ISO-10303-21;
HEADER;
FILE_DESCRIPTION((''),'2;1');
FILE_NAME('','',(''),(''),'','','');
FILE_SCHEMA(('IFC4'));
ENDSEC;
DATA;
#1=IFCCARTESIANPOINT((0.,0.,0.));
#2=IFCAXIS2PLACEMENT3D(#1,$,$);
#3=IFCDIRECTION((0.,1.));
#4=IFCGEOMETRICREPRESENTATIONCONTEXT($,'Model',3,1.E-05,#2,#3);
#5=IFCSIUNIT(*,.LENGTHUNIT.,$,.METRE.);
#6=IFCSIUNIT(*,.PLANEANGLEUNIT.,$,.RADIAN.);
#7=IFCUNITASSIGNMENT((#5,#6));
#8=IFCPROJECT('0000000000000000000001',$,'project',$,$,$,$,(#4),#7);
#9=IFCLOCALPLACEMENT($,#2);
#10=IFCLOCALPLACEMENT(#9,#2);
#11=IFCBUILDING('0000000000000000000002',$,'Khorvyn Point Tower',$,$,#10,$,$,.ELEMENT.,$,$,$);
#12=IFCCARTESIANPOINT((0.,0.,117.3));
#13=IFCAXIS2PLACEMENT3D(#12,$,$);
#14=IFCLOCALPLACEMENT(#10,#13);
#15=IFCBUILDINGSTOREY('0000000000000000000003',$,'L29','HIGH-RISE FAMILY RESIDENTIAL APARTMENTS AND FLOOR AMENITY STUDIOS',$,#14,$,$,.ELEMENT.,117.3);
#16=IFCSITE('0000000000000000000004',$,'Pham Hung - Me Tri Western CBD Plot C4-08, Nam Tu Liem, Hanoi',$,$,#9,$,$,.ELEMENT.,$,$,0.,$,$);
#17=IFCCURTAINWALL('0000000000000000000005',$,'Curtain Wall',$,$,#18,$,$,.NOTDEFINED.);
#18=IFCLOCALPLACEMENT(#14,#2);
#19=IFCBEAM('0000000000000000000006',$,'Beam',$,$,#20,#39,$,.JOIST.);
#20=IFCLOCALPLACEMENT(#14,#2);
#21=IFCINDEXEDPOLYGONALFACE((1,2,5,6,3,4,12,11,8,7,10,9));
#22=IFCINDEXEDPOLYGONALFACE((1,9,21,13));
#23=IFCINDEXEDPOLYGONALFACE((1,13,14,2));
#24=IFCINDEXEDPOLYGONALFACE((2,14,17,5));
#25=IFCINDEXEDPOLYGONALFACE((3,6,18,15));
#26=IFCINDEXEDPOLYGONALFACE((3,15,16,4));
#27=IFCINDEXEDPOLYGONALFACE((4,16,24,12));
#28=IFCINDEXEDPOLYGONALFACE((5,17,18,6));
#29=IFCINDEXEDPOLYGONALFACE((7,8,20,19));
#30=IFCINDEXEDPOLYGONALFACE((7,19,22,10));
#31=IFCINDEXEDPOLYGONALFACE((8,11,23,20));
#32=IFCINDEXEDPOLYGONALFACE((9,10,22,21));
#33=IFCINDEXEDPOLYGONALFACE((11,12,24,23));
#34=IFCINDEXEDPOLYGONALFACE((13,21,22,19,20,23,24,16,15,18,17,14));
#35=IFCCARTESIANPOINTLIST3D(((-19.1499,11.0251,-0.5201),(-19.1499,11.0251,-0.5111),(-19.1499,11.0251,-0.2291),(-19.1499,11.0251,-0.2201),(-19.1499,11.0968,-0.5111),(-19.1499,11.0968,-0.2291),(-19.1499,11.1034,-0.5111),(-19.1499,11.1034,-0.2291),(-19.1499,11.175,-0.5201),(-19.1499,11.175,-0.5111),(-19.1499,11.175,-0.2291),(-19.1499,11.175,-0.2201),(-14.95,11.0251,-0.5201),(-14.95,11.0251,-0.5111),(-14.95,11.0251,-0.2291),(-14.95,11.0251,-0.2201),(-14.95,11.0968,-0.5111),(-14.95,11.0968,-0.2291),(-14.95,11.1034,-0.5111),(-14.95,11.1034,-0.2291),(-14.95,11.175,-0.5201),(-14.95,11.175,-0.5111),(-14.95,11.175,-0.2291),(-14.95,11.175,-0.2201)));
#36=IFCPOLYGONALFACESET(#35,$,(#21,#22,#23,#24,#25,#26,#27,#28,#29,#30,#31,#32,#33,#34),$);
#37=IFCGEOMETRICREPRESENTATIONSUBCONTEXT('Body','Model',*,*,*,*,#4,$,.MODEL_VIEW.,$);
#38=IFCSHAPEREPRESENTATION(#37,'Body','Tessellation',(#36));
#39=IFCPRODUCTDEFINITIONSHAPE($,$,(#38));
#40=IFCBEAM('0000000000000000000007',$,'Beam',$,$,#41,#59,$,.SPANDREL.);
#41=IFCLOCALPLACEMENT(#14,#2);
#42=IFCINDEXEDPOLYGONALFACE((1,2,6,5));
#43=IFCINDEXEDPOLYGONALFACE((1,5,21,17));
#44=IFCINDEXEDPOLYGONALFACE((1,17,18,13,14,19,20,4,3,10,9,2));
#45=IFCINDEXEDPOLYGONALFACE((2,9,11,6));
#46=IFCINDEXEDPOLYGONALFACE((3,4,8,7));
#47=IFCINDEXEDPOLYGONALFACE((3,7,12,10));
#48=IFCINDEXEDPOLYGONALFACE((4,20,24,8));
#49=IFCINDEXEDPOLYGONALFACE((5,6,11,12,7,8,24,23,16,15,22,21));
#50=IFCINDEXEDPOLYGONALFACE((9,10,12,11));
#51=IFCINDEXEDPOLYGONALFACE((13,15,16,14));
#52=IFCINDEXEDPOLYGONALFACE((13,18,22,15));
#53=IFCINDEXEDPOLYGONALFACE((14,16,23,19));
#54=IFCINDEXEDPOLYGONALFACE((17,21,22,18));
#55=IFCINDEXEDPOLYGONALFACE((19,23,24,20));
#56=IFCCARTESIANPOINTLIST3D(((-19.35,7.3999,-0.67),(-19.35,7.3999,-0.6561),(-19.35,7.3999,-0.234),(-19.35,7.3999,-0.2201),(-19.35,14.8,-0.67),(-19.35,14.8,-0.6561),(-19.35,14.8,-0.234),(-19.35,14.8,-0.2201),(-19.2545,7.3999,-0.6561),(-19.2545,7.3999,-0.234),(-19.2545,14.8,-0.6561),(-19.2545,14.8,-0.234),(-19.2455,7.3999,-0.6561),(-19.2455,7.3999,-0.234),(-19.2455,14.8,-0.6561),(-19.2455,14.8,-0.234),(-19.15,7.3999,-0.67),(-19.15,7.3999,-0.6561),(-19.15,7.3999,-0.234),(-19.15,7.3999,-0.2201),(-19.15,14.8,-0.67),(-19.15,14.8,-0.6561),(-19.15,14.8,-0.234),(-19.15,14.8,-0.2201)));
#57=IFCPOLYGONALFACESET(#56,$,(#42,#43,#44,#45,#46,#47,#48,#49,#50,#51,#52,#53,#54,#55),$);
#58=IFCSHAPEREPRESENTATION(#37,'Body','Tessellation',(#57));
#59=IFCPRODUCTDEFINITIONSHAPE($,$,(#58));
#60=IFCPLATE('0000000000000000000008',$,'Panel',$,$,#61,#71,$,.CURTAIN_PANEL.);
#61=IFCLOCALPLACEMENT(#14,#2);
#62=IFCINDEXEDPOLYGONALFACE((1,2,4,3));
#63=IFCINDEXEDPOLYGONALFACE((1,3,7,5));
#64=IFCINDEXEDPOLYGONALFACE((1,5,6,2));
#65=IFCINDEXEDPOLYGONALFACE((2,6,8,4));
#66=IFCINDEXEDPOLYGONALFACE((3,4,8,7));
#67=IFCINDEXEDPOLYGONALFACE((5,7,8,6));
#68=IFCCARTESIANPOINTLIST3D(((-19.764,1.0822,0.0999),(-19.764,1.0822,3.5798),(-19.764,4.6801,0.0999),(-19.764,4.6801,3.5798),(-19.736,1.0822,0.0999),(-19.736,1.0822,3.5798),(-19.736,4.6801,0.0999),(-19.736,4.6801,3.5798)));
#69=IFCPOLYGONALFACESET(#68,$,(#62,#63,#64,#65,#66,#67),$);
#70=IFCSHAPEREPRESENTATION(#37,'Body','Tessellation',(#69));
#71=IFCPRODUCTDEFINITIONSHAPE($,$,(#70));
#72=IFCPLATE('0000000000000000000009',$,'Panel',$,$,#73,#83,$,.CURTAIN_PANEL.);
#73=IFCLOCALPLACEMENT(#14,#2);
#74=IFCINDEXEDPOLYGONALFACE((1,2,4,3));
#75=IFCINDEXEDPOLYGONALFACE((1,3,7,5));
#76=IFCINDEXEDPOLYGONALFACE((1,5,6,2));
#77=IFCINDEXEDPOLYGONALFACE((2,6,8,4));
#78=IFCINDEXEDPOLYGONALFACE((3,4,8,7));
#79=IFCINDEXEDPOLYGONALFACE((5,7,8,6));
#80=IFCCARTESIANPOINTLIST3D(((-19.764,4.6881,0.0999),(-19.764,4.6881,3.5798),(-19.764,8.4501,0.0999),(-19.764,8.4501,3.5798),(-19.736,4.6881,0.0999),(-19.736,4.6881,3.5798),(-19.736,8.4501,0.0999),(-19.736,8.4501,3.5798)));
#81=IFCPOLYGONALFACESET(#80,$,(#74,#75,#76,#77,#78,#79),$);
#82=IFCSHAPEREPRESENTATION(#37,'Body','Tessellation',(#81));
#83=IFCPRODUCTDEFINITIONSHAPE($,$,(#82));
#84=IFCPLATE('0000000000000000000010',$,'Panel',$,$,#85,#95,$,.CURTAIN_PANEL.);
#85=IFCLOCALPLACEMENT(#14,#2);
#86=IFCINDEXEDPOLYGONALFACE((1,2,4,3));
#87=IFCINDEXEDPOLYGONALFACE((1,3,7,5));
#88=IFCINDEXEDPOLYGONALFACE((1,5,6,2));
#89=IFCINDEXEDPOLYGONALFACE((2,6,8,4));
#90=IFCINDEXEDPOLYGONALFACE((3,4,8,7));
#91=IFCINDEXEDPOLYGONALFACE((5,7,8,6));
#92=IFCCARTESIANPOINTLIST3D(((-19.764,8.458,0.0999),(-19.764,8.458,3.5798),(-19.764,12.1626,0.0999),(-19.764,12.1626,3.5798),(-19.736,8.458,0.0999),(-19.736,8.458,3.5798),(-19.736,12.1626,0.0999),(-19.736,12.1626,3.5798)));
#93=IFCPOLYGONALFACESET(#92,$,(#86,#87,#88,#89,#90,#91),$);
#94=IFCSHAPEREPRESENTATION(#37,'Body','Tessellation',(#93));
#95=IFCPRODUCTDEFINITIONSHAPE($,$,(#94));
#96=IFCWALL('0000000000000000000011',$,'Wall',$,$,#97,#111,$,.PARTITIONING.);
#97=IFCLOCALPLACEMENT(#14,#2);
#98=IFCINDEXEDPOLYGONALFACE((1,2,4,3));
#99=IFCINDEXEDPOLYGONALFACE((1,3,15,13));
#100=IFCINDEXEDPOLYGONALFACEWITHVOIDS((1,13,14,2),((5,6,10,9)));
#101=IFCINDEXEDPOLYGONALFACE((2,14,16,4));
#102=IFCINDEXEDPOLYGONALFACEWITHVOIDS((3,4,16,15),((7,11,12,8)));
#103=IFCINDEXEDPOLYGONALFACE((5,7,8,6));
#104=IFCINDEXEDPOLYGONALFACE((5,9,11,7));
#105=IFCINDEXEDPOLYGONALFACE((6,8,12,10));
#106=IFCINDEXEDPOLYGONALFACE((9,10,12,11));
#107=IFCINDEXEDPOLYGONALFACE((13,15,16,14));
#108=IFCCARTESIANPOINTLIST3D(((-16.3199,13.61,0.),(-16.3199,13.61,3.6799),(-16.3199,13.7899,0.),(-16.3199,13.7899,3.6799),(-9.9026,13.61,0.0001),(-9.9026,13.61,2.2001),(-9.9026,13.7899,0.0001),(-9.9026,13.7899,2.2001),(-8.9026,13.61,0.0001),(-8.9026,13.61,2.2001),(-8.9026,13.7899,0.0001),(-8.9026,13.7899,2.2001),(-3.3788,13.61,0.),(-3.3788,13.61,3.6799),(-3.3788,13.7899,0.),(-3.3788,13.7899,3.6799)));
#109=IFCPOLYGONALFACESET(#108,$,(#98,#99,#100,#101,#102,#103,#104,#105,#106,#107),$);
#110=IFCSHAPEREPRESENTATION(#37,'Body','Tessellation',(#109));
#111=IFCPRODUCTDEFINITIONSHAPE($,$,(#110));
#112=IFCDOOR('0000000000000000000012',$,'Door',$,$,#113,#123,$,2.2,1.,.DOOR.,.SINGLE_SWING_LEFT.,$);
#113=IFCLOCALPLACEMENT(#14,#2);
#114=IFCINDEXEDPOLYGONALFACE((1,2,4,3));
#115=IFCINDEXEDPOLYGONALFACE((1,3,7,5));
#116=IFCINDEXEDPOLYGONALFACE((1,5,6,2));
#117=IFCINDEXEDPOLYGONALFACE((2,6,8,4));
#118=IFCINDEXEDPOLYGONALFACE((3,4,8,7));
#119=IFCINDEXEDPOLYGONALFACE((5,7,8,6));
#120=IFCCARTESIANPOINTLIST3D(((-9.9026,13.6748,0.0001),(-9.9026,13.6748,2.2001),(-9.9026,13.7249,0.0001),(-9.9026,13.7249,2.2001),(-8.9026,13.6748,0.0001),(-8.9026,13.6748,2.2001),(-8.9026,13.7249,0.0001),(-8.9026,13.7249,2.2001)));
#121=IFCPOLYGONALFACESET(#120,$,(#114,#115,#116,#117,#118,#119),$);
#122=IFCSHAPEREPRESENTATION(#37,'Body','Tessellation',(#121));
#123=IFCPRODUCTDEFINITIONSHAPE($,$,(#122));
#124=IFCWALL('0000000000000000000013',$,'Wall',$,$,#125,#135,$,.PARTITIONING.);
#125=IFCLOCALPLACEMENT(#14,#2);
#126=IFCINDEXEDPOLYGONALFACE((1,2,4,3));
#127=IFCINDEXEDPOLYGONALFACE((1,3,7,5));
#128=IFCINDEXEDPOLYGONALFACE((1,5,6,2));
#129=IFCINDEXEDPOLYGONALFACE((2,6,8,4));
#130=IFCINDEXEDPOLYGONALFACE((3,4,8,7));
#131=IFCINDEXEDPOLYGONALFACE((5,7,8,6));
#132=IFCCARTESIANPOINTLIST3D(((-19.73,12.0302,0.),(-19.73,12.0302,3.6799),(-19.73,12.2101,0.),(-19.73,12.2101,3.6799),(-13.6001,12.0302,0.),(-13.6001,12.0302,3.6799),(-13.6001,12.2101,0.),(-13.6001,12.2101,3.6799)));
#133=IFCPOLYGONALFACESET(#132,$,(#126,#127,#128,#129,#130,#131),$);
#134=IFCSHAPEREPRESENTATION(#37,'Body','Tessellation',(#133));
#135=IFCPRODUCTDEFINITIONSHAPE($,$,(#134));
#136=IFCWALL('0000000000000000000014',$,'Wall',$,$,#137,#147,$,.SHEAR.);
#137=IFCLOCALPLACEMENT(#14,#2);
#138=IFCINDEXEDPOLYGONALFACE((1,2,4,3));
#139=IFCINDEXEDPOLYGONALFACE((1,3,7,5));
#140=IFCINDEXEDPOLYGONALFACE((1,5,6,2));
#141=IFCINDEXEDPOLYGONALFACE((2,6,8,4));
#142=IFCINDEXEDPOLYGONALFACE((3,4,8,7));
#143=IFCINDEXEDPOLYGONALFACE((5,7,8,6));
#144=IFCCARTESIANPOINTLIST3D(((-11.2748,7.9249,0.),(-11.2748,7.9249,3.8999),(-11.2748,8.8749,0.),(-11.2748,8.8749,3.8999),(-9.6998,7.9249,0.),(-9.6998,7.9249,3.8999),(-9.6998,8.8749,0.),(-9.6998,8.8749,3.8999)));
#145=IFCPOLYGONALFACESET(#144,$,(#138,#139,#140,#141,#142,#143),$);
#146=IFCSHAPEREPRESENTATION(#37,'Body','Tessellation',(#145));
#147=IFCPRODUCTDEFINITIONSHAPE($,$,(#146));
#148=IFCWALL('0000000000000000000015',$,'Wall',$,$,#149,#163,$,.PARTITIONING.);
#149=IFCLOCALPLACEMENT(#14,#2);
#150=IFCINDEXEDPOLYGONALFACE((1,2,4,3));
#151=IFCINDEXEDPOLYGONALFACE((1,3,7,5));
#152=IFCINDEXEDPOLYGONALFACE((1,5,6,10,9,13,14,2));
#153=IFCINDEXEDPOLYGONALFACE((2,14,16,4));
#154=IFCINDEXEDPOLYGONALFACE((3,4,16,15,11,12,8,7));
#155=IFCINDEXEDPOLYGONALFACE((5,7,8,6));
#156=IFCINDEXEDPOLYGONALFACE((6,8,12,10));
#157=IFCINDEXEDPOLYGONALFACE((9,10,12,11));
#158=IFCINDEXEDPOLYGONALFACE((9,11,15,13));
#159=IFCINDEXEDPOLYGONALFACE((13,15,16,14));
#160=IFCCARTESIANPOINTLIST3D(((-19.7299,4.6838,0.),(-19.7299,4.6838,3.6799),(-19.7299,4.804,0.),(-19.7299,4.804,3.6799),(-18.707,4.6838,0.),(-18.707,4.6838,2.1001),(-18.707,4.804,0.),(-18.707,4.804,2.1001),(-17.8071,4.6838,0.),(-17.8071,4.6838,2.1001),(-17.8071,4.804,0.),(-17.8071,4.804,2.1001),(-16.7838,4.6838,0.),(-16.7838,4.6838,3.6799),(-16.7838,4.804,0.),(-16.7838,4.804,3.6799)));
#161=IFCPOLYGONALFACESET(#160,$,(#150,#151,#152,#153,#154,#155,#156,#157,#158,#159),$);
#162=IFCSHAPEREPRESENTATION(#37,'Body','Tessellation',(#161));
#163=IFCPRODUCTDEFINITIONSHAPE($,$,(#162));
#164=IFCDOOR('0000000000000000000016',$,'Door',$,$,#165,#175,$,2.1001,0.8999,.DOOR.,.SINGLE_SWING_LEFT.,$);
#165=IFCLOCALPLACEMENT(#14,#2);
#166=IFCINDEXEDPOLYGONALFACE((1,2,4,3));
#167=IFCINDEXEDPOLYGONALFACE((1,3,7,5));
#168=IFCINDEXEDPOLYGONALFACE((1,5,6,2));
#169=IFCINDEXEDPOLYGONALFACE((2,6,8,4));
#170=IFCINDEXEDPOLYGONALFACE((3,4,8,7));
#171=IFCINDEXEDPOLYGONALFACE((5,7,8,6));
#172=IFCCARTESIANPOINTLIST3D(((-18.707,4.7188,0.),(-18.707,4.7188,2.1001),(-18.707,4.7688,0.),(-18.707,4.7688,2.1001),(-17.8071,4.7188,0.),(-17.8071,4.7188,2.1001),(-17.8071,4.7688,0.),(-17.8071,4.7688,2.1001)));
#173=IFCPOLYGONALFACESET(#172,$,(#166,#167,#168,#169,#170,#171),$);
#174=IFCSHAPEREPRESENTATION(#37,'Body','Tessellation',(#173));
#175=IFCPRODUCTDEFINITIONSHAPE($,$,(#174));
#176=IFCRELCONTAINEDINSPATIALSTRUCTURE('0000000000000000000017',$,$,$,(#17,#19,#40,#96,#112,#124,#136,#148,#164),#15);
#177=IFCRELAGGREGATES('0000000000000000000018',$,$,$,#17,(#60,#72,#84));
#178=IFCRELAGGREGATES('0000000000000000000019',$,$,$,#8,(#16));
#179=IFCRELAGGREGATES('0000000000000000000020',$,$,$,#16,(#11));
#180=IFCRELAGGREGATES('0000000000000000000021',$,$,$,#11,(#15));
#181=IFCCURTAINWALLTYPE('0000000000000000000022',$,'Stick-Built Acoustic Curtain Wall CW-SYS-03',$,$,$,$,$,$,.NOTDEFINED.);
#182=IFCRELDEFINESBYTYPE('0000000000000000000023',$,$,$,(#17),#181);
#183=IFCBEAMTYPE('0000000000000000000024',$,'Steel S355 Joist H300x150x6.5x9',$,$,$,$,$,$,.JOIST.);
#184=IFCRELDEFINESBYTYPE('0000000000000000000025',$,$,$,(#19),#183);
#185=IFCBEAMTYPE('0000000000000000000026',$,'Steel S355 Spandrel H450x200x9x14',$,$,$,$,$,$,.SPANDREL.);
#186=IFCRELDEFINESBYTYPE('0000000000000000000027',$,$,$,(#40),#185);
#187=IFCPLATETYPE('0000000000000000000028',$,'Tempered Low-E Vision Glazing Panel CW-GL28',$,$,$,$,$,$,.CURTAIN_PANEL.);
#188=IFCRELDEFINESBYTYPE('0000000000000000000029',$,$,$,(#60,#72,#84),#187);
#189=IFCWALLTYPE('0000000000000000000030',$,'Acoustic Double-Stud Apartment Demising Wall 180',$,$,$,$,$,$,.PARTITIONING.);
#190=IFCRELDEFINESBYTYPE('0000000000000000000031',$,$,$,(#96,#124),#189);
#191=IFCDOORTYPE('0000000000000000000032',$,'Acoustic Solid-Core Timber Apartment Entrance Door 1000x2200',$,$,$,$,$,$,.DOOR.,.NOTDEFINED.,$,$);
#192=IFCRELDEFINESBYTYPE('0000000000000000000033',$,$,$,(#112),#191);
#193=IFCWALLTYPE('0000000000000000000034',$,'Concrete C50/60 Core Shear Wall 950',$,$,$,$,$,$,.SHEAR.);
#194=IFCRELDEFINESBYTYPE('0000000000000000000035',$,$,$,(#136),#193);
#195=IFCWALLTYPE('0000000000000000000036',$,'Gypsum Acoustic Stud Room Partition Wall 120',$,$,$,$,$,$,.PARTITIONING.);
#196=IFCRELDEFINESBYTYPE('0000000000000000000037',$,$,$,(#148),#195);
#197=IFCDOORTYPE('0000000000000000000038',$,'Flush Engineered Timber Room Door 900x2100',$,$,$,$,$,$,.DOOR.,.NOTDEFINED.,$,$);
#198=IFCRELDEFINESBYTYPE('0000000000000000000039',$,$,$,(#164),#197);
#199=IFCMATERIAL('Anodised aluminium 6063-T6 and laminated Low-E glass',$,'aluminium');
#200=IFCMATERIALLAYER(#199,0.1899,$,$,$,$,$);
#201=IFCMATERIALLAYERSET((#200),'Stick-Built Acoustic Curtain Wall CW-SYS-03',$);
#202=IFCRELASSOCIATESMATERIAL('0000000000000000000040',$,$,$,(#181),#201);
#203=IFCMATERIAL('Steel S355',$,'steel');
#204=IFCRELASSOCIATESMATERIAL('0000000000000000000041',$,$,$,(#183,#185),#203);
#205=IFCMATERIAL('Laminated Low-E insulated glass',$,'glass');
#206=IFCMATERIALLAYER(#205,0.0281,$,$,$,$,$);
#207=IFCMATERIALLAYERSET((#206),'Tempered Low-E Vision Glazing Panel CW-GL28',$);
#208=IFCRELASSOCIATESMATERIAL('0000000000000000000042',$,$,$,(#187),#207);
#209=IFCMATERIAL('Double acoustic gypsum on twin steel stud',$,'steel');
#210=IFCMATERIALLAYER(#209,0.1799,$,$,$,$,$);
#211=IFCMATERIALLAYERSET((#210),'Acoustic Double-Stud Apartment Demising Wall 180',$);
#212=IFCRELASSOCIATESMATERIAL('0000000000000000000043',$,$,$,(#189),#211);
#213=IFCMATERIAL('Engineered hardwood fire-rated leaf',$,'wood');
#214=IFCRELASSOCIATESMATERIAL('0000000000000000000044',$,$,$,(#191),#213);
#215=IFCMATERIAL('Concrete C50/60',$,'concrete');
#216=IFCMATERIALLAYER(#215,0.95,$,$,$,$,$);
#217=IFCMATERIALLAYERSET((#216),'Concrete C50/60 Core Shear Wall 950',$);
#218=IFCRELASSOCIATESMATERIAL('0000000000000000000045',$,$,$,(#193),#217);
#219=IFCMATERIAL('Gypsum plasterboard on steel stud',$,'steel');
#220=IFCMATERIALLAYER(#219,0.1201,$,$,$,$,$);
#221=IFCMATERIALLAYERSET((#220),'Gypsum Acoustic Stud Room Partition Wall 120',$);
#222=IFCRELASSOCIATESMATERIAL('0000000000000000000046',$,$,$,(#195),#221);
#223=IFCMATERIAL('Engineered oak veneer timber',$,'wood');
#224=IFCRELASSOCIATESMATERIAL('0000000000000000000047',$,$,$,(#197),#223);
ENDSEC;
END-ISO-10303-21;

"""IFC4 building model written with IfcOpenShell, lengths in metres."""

from ifc_helpers import new_model, si_unit, direction, frame, frame_2d, origin, origin_2d, place, context, subcontext, project, spatial, rectangle, i_section, extrude, material, layer, layer_set, material_profile, profile_set, type_object, element, fill, aggregate, save


model = new_model("IFC4")

# Units and contexts
model_context = context("Model", 3, precision=1e-05, world=origin(), true_north=direction((0.0, 1.0)))
body_context = subcontext(model_context, "Body", "Model", "MODEL_VIEW")
ifc_project = project(units=[si_unit("LENGTHUNIT", "METRE"), si_unit("PLANEANGLEUNIT", "RADIAN")], contexts=[model_context])

# Site, building, storey
site_placement = place(None, origin())
site = spatial("IfcSite", under=ifc_project, at=site_placement, Name="Pham Hung - Me Tri Western CBD Plot C4-08, Nam Tu Liem, Hanoi", CompositionType="ELEMENT", RefElevation=0.0)
building_placement = place(site_placement, origin())
building = spatial("IfcBuilding", under=site, at=building_placement, Name="Khorvyn Point Tower", CompositionType="ELEMENT")
storey_placement = place(building_placement, frame((0.0, 0.0, 117.3)))
storey = spatial("IfcBuildingStorey", under=building, at=storey_placement, Name="L29", Description="HIGH-RISE FAMILY RESIDENTIAL APARTMENTS AND FLOOR AMENITY STUDIOS", CompositionType="ELEMENT", Elevation=117.3)

# Shared definitions
ifc_material_1 = material(Name="Concrete C50/60", Category="concrete")

# Curtain wall
ifc_material_2 = material(Name="Anodised aluminium 6063-T6 and laminated Low-E glass", Category="aluminium")
ifc_layer_1 = layer(ifc_material_2, 0.1899)
ifc_layer_set_1 = layer_set([ifc_layer_1], Name="Stick-Built Acoustic Curtain Wall CW-SYS-03")
curtain_wall_type = type_object("IfcCurtainWallType", Name="Stick-Built Acoustic Curtain Wall CW-SYS-03", PredefinedType="NOTDEFINED", material=ifc_layer_set_1)
curtain_wall_placement = place(storey_placement, origin())
curtain_wall = element("IfcCurtainWall", 1, at=curtain_wall_placement, inside=storey, type_object=curtain_wall_type, Name="Curtain Wall", PredefinedType="NOTDEFINED")

# Beams
ifc_material_3 = material(Name="Steel S355", Category="steel")
ifc_material_profile_1 = material_profile(ifc_material_3, i_section(OverallWidth=0.1499, OverallDepth=0.3, WebThickness=0.0066, FlangeThickness=0.009, at=origin_2d()))
ifc_profile_set_1 = profile_set([ifc_material_profile_1], Name="Steel S355 H300x150x6.5x9")
beam_type_1 = type_object("IfcBeamType", Name="Steel S355 Joist H300x150x6.5x9", PredefinedType="JOIST", material=ifc_profile_set_1)
beam_1_placement = place(storey_placement, frame((-19.1499, 11.1001, -0.3701), z_axis=(1.0, 0.0, 0.0), x_axis=(0.0, 1.0, 0.0)))
element("IfcBeam", 2, at=beam_1_placement, inside=storey, type_object=beam_type_1, Name="Beam", PredefinedType="JOIST", context=body_context, shape_type="SweptSolid", body=[
    extrude(i_section(OverallWidth=0.1499, OverallDepth=0.3, WebThickness=0.0066, FlangeThickness=0.009, at=origin_2d()), origin(), (0.0, 0.0, 1.0), 4.2),
])
ifc_material_profile_2 = material_profile(ifc_material_3, i_section(OverallWidth=0.2, OverallDepth=0.45, WebThickness=0.009, FlangeThickness=0.0139, at=origin_2d()))
ifc_profile_set_2 = profile_set([ifc_material_profile_2], Name="Steel S355 H450x200x9x14")
beam_type_2 = type_object("IfcBeamType", Name="Steel S355 Spandrel H450x200x9x14", PredefinedType="SPANDREL", material=ifc_profile_set_2)
beam_2_placement = place(storey_placement, frame((-19.25, 7.3999, -0.4451), z_axis=(0.0, 1.0, 0.0), x_axis=(-1.0, 0.0, 0.0)))
element("IfcBeam", 3, at=beam_2_placement, inside=storey, type_object=beam_type_2, Name="Beam", PredefinedType="SPANDREL", context=body_context, shape_type="SweptSolid", body=[
    extrude(i_section(OverallWidth=0.2, OverallDepth=0.45, WebThickness=0.009, FlangeThickness=0.0139, at=origin_2d()), origin(), (0.0, 0.0, 1.0), 7.4001),
])

# Plates
ifc_material_4 = material(Name="Laminated Low-E insulated glass", Category="glass")
ifc_layer_2 = layer(ifc_material_4, 0.0281)
ifc_layer_set_2 = layer_set([ifc_layer_2], Name="Tempered Low-E Vision Glazing Panel CW-GL28")
plate_type = type_object("IfcPlateType", Name="Tempered Low-E Vision Glazing Panel CW-GL28", PredefinedType="CURTAIN_PANEL", material=ifc_layer_set_2)
plate_1_placement = place(storey_placement, frame((-19.75, 2.8811, 0.0999), z_axis=(0.0, 0.0, 1.0), x_axis=(0.0, 1.0, 0.0)))
plate_1 = element("IfcPlate", 4, at=plate_1_placement, type_object=plate_type, Name="Panel", PredefinedType="CURTAIN_PANEL", context=body_context, shape_type="SweptSolid", body=[
    extrude(rectangle(XDim=3.5979, YDim=0.0281, at=origin_2d()), origin(), (0.0, 0.0, 1.0), 3.48),
])
plate_2_placement = place(storey_placement, frame((-19.75, 6.5691, 0.0999), z_axis=(0.0, 0.0, 1.0), x_axis=(0.0, 1.0, 0.0)))
plate_2 = element("IfcPlate", 5, at=plate_2_placement, type_object=plate_type, Name="Panel", PredefinedType="CURTAIN_PANEL", context=body_context, shape_type="SweptSolid", body=[
    extrude(rectangle(XDim=3.762, YDim=0.0281, at=origin_2d()), origin(), (0.0, 0.0, 1.0), 3.48),
])
plate_3_placement = place(storey_placement, frame((-19.75, 10.3103, 0.0999), z_axis=(0.0, 0.0, 1.0), x_axis=(0.0, 1.0, 0.0)))
plate_3 = element("IfcPlate", 6, at=plate_3_placement, type_object=plate_type, Name="Panel", PredefinedType="CURTAIN_PANEL", context=body_context, shape_type="SweptSolid", body=[
    extrude(rectangle(XDim=3.7046, YDim=0.0281, at=origin_2d()), origin(), (0.0, 0.0, 1.0), 3.48),
])
aggregate(curtain_wall, [plate_1, plate_2, plate_3])

# Wall, opening, door
ifc_material_5 = material(Name="Double acoustic gypsum on twin steel stud", Category="steel")
ifc_layer_3 = layer(ifc_material_5, 0.1799)
ifc_layer_set_3 = layer_set([ifc_layer_3], Name="Acoustic Double-Stud Apartment Demising Wall 180")
wall_type_1 = type_object("IfcWallType", Name="Acoustic Double-Stud Apartment Demising Wall 180", PredefinedType="PARTITIONING", material=ifc_layer_set_3)
wall_1_placement = place(storey_placement, frame((-16.3201, 13.7, 0.0), z_axis=(0.0, 0.0, 1.0), x_axis=(1.0, 0.0, 0.0)))
wall_1 = element("IfcWall", 7, at=wall_1_placement, inside=storey, type_object=wall_type_1, Name="Wall", PredefinedType="PARTITIONING", context=body_context, shape_type="SweptSolid", body=[
    extrude(rectangle(XDim=12.9412, YDim=0.1799, at=frame_2d((6.4707, 0.0))), origin(), (0.0, 0.0, 1.0), 3.6799),
])
opening_1_placement = place(wall_1_placement, frame((6.4175, 0.0, 0.0)))
opening_1 = element("IfcOpeningElement", 8, at=opening_1_placement, cuts=wall_1, PredefinedType="OPENING", context=body_context, shape_type="SweptSolid", body=[
    extrude(rectangle(XDim=1.0, YDim=2.2, at=frame_2d((0.5, 1.1001))), frame((0.0, 0.0999, 0.0), z_axis=(0.0, -1.0, 0.0), x_axis=(1.0, 0.0, 0.0)), (0.0, 0.0, 1.0), 0.2),
])
ifc_material_6 = material(Name="Engineered hardwood fire-rated leaf", Category="wood")
door_type_1 = type_object("IfcDoorType", Name="Acoustic Solid-Core Timber Apartment Entrance Door 1000x2200", OperationType="NOTDEFINED", PredefinedType="DOOR", material=ifc_material_6)
door_1_placement = place(opening_1_placement, origin())
door_1 = element("IfcDoor", 9, at=door_1_placement, inside=storey, type_object=door_type_1, Name="Door", OperationType="SINGLE_SWING_LEFT", OverallHeight=2.2, OverallWidth=1.0, PredefinedType="DOOR", context=body_context, shape_type="SweptSolid", body=[
    extrude(rectangle(XDim=1.0, YDim=2.2, at=frame_2d((0.5, 1.1001))), frame((0.0, 0.0249, 0.0), z_axis=(0.0, -1.0, 0.0), x_axis=(1.0, 0.0, 0.0)), (0.0, 0.0, 1.0), 0.05),
])
fill(opening_1, door_1)

# Walls
wall_2_placement = place(storey_placement, frame((-19.73, 12.1201, 0.0), z_axis=(0.0, 0.0, 1.0), x_axis=(1.0, 0.0, 0.0)))
element("IfcWall", 10, at=wall_2_placement, inside=storey, type_object=wall_type_1, Name="Wall", PredefinedType="PARTITIONING", context=body_context, shape_type="SweptSolid", body=[
    extrude(rectangle(XDim=6.1299, YDim=0.1799, at=frame_2d((3.0649, 0.0))), origin(), (0.0, 0.0, 1.0), 3.6799),
])
ifc_layer_4 = layer(ifc_material_1, 0.95)
ifc_layer_set_4 = layer_set([ifc_layer_4], Name="Concrete C50/60 Core Shear Wall 950")
wall_type_2 = type_object("IfcWallType", Name="Concrete C50/60 Core Shear Wall 950", PredefinedType="SHEAR", material=ifc_layer_set_4)
wall_3_placement = place(storey_placement, frame((-11.2749, 8.3999, 0.0), z_axis=(0.0, 0.0, 1.0), x_axis=(1.0, 0.0, 0.0)))
element("IfcWall", 11, at=wall_3_placement, inside=storey, type_object=wall_type_2, Name="Wall", PredefinedType="SHEAR", context=body_context, shape_type="SweptSolid", body=[
    extrude(rectangle(XDim=1.575, YDim=0.95, at=frame_2d((0.7876, 0.0))), origin(), (0.0, 0.0, 1.0), 3.8999),
])

# Wall, opening, door
ifc_material_7 = material(Name="Gypsum plasterboard on steel stud", Category="steel")
ifc_layer_5 = layer(ifc_material_7, 0.1201)
ifc_layer_set_5 = layer_set([ifc_layer_5], Name="Gypsum Acoustic Stud Room Partition Wall 120")
wall_type_3 = type_object("IfcWallType", Name="Gypsum Acoustic Stud Room Partition Wall 120", PredefinedType="PARTITIONING", material=ifc_layer_set_5)
wall_4_placement = place(storey_placement, frame((-19.73, 4.7439, 0.0), z_axis=(0.0, 0.0, 1.0), x_axis=(1.0, 0.0, 0.0)))
wall_4 = element("IfcWall", 12, at=wall_4_placement, inside=storey, type_object=wall_type_3, Name="Wall", PredefinedType="PARTITIONING", context=body_context, shape_type="SweptSolid", body=[
    extrude(rectangle(XDim=2.946, YDim=0.1201, at=frame_2d((1.4731, 0.0))), origin(), (0.0, 0.0, 1.0), 3.6799),
])
opening_2_placement = place(wall_4_placement, frame((1.0229, 0.0, 0.0)))
opening_2 = element("IfcOpeningElement", 13, at=opening_2_placement, cuts=wall_4, PredefinedType="OPENING", context=body_context, shape_type="SweptSolid", body=[
    extrude(rectangle(XDim=0.8999, YDim=2.1001, at=frame_2d((0.45, 1.05))), frame((0.0, 0.0701, 0.0), z_axis=(0.0, -1.0, 0.0), x_axis=(1.0, 0.0, 0.0)), (0.0, 0.0, 1.0), 0.1401),
])
ifc_material_8 = material(Name="Engineered oak veneer timber", Category="wood")
door_type_2 = type_object("IfcDoorType", Name="Flush Engineered Timber Room Door 900x2100", OperationType="NOTDEFINED", PredefinedType="DOOR", material=ifc_material_8)
door_2_placement = place(opening_2_placement, origin())
door_2 = element("IfcDoor", 14, at=door_2_placement, inside=storey, type_object=door_type_2, Name="Door", OperationType="SINGLE_SWING_LEFT", OverallHeight=2.1001, OverallWidth=0.8999, PredefinedType="DOOR", context=body_context, shape_type="SweptSolid", body=[
    extrude(rectangle(XDim=0.8999, YDim=2.1001, at=frame_2d((0.45, 1.05))), frame((0.0, 0.0249, 0.0), z_axis=(0.0, -1.0, 0.0), x_axis=(1.0, 0.0, 0.0)), (0.0, 0.0, 1.0), 0.05),
])
fill(opening_2, door_2)

save(model, "model.ifc")
